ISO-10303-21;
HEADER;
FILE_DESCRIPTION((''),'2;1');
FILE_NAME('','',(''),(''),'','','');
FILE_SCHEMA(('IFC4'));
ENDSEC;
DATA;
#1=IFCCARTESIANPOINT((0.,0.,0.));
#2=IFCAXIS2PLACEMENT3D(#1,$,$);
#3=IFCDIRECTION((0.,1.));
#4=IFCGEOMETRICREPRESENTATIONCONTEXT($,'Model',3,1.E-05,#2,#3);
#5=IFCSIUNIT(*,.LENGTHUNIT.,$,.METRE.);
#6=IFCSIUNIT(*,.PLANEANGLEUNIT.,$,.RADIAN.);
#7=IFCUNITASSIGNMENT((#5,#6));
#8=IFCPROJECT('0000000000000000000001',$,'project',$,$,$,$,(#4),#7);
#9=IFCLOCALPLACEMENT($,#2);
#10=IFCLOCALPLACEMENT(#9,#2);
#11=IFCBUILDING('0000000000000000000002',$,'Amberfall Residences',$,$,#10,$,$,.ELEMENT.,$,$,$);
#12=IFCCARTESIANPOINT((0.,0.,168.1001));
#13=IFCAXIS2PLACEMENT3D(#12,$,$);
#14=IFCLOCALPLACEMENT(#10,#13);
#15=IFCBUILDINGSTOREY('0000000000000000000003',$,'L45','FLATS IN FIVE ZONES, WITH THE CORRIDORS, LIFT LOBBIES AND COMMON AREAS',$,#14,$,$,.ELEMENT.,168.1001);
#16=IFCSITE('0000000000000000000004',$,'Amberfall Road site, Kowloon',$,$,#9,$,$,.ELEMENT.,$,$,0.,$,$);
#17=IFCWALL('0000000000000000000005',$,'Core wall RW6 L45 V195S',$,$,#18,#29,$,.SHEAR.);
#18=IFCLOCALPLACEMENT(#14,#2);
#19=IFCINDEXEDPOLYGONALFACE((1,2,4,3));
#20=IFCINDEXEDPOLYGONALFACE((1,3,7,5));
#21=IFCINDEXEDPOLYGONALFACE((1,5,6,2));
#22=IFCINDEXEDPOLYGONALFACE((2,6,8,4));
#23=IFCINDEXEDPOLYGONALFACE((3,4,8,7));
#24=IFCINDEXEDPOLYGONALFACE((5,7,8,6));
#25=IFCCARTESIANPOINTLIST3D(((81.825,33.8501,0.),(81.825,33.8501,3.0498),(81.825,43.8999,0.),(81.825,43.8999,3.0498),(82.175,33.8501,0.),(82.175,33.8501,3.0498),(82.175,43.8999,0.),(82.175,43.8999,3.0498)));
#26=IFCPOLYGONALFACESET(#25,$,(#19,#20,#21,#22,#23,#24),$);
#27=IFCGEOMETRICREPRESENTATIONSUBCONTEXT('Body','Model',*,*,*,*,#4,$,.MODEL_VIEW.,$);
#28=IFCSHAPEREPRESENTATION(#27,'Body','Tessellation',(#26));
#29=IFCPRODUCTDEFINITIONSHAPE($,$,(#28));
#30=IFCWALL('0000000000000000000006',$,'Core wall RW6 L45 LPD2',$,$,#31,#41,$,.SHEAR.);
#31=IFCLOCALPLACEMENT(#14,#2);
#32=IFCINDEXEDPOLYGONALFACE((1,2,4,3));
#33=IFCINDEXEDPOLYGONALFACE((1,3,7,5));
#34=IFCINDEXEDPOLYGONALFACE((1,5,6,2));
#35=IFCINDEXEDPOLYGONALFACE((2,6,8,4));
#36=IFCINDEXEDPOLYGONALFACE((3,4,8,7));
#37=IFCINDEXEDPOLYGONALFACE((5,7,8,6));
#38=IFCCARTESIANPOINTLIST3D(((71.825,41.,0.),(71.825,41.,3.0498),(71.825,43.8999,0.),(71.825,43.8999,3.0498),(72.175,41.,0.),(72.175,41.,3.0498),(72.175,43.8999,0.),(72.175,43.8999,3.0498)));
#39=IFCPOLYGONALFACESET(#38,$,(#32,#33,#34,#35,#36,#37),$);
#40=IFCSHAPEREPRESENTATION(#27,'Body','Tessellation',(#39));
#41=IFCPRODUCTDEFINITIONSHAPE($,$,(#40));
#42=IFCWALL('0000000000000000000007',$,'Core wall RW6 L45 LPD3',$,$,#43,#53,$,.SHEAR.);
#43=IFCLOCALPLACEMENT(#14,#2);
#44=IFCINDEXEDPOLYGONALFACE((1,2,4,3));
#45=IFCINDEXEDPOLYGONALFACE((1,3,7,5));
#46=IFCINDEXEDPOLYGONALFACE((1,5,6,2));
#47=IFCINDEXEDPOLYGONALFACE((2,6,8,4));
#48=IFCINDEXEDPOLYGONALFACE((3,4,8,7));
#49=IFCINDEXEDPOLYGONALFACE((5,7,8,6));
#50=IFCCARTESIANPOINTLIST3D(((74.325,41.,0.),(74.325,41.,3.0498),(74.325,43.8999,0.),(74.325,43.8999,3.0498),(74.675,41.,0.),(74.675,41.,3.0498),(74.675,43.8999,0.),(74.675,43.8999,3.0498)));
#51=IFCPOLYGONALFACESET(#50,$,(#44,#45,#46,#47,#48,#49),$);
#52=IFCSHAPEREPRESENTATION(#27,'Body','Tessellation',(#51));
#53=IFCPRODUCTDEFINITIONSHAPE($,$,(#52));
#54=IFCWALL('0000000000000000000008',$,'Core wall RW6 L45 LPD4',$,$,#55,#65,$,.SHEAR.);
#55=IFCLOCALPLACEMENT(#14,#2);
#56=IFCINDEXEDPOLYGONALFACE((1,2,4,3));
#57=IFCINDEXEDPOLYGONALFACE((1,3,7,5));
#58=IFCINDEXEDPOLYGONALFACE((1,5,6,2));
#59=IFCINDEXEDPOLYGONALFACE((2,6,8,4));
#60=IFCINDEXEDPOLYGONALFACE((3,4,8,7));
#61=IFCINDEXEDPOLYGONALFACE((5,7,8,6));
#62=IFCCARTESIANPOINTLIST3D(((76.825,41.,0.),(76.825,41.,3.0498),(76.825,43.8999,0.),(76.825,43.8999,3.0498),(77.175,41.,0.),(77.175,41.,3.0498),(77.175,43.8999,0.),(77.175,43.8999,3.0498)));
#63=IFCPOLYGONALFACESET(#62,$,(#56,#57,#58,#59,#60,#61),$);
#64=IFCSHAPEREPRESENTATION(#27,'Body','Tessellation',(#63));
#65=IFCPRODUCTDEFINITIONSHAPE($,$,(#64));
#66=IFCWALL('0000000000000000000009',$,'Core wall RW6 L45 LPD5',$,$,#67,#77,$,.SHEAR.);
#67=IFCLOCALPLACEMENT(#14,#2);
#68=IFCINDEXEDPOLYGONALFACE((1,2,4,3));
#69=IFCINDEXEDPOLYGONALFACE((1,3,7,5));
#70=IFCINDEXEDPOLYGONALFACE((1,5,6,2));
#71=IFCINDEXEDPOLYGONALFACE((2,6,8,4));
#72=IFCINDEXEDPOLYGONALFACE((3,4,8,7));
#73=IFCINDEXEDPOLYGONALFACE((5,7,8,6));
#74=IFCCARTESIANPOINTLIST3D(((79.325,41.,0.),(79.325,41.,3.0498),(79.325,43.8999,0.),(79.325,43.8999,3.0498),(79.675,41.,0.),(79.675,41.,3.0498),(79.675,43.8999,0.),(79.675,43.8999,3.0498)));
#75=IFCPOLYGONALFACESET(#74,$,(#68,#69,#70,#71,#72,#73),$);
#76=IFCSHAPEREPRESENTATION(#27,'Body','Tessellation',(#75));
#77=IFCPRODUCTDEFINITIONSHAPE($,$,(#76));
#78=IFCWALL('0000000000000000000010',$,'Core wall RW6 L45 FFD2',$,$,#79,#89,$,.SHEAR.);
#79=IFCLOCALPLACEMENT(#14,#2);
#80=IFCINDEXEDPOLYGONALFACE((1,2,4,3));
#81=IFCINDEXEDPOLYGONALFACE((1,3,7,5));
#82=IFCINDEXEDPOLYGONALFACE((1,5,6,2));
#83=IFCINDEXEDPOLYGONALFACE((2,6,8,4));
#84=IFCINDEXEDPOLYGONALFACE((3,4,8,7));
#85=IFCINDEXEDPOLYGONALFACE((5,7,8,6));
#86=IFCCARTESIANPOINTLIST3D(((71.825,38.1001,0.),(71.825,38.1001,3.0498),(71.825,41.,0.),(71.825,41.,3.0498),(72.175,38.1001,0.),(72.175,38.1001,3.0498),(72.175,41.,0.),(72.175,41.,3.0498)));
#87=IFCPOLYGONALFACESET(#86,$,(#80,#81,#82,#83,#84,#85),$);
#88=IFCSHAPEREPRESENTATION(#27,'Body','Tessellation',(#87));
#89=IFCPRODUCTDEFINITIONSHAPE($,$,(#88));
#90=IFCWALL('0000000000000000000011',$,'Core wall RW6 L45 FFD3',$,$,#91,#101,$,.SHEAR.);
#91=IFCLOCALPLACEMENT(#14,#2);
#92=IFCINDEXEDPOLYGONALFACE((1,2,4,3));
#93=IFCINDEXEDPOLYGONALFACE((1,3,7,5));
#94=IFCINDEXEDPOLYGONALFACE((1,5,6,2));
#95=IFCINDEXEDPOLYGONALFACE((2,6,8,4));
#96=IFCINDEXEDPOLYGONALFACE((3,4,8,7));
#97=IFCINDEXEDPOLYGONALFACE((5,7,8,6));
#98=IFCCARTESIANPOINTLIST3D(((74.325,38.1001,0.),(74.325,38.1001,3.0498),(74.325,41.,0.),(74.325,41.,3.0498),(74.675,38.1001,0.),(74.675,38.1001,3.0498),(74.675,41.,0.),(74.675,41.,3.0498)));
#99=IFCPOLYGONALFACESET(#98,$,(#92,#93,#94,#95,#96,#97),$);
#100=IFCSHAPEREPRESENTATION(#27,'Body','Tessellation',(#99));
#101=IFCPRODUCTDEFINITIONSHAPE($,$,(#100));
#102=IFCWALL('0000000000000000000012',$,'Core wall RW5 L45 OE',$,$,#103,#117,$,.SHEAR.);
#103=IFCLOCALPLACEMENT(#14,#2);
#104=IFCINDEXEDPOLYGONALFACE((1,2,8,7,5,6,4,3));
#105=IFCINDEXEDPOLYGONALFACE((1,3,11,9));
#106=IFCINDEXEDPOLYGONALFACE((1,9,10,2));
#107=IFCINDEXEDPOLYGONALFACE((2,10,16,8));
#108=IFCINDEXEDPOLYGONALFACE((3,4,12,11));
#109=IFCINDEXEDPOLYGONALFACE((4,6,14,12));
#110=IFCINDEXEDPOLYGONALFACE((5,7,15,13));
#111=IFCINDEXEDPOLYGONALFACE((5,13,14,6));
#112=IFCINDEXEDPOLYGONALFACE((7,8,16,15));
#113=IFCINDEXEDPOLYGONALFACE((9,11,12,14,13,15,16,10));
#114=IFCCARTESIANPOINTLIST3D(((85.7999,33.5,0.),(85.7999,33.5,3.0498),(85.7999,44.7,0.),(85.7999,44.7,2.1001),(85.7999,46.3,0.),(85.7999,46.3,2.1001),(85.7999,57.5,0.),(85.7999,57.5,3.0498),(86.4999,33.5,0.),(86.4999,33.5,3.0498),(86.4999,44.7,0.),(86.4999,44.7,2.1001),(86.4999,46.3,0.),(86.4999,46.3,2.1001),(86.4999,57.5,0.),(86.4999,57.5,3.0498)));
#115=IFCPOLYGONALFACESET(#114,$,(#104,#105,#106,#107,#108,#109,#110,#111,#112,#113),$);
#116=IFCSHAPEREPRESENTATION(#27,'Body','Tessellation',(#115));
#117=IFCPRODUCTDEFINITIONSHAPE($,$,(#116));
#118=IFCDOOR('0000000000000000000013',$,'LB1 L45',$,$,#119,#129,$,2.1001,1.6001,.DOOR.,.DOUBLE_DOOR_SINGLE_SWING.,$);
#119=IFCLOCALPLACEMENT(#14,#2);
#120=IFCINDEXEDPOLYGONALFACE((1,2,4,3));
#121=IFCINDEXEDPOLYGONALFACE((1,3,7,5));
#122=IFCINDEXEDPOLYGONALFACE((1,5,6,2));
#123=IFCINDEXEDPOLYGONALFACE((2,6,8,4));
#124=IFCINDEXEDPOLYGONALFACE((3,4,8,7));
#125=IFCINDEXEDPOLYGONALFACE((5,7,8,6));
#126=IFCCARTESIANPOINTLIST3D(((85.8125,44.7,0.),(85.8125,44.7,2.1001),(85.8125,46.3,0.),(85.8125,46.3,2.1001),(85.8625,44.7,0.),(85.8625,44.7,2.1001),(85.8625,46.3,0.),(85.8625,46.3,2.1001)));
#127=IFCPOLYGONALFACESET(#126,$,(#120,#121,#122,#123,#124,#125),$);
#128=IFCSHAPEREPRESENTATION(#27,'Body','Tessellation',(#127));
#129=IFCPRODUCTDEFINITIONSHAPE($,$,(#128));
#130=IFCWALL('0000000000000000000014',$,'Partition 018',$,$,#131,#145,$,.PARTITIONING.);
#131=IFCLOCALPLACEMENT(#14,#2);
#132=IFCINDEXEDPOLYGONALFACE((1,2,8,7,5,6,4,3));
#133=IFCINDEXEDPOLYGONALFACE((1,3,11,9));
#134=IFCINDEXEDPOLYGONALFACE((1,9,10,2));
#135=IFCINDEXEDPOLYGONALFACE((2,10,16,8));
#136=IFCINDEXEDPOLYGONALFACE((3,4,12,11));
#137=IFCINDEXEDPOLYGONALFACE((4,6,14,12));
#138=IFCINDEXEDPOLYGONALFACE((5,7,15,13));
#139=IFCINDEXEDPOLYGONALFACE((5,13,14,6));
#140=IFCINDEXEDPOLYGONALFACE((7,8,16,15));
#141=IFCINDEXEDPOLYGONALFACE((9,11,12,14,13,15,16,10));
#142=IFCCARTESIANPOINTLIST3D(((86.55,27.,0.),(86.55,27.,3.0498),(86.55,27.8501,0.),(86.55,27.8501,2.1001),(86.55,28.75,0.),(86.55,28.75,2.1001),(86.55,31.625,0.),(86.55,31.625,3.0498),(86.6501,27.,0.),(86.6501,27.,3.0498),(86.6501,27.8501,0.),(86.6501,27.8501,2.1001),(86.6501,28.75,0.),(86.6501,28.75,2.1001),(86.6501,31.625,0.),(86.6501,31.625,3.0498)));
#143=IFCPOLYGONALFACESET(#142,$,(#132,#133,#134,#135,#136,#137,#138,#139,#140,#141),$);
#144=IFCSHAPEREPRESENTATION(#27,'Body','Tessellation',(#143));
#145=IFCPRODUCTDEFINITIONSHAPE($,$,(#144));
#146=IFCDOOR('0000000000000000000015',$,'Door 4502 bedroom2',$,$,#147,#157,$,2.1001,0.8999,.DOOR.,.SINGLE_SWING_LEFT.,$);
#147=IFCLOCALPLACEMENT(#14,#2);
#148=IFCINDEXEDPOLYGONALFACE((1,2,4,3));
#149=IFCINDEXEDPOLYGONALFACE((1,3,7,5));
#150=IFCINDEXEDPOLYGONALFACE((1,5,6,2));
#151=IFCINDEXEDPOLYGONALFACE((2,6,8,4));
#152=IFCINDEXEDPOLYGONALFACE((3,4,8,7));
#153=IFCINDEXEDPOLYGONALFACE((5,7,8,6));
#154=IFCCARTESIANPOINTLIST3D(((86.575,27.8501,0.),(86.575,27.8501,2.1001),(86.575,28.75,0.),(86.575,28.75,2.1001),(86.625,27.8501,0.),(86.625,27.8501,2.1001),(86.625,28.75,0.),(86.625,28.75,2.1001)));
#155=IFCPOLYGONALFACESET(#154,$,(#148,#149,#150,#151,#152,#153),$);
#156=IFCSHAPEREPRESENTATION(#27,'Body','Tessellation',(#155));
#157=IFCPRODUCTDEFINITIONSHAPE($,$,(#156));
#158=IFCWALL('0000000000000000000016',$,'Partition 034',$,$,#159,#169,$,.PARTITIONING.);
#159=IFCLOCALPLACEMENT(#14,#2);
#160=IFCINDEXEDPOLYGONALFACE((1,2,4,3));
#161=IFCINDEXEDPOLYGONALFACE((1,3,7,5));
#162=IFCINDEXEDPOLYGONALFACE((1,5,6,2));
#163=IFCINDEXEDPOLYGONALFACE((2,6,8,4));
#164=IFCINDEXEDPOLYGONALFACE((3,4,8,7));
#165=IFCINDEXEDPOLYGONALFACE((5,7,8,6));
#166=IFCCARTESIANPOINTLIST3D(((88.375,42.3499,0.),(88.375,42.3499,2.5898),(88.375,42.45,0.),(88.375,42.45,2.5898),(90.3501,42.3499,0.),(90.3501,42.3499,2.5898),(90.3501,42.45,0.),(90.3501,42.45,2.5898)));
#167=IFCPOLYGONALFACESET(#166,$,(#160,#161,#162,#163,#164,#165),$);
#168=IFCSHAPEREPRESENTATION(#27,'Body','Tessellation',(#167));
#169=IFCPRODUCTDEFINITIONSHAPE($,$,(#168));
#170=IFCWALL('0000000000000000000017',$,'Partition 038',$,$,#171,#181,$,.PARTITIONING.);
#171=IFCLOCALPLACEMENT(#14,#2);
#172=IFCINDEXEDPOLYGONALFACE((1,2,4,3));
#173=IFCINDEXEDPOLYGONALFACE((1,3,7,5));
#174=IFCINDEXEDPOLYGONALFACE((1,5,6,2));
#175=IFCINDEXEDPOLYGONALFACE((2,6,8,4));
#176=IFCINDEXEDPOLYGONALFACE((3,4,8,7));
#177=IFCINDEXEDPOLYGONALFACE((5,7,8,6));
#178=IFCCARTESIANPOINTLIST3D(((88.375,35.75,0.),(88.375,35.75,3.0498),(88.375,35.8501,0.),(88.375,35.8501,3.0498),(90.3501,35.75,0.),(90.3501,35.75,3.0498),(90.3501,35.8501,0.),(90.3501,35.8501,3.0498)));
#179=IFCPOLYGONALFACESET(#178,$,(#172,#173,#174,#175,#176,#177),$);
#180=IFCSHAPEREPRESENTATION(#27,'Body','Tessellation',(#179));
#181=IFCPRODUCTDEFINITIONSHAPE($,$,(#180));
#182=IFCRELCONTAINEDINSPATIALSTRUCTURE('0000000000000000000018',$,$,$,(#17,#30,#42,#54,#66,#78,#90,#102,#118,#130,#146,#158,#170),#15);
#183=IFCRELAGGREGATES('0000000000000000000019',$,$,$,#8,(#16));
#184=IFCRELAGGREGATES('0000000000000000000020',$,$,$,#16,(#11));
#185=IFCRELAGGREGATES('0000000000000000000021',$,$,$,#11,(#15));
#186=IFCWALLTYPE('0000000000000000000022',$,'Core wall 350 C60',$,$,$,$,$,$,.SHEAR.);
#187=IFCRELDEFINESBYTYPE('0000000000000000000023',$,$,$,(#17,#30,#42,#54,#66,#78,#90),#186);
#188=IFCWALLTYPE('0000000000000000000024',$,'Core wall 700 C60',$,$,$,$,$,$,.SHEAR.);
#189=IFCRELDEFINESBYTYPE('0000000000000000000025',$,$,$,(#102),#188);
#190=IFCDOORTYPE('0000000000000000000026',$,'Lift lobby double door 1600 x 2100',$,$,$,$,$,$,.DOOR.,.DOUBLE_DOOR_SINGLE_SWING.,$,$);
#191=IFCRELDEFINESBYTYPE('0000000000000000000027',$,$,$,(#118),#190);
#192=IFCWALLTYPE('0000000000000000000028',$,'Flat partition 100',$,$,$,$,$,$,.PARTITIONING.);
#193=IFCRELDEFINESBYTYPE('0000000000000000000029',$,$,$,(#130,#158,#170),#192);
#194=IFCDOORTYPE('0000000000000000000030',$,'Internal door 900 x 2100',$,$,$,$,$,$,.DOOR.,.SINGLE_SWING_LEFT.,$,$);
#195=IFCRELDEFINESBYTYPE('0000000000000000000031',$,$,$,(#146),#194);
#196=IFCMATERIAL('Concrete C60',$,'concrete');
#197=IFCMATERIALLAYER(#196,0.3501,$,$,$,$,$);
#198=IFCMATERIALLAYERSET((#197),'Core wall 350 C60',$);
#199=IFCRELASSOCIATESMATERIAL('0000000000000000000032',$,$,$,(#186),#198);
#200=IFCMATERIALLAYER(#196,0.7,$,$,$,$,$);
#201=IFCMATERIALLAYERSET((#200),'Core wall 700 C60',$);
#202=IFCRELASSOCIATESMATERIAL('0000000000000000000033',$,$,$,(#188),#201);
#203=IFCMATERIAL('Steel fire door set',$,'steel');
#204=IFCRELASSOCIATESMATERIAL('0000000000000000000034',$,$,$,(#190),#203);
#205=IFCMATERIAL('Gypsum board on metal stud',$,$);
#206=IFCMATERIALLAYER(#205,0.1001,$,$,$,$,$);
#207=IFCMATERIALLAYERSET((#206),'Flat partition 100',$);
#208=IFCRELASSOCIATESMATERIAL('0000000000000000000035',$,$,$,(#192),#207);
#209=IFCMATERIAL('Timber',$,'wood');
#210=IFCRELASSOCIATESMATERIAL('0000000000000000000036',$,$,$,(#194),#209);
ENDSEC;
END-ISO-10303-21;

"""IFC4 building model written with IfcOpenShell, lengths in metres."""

from ifc_helpers import new_model, si_unit, direction, frame, frame_2d, origin, place, context, subcontext, project, spatial, rectangle, extrude, material, layer, layer_set, type_object, element, fill, save


model = new_model("IFC4")

# Units and contexts
model_context = context("Model", 3, precision=1e-05, world=origin(), true_north=direction((0.0, 1.0)))
body_context = subcontext(model_context, "Body", "Model", "MODEL_VIEW")
ifc_project = project(units=[si_unit("LENGTHUNIT", "METRE"), si_unit("PLANEANGLEUNIT", "RADIAN")], contexts=[model_context])

# Site, building, storey
site_placement = place(None, origin())
site = spatial("IfcSite", under=ifc_project, at=site_placement, Name="Amberfall Road site, Kowloon", CompositionType="ELEMENT", RefElevation=0.0)
building_placement = place(site_placement, origin())
building = spatial("IfcBuilding", under=site, at=building_placement, Name="Amberfall Residences", CompositionType="ELEMENT")
storey_placement = place(building_placement, frame((0.0, 0.0, 168.1001)))
storey = spatial("IfcBuildingStorey", under=building, at=storey_placement, Name="L45", Description="FLATS IN FIVE ZONES, WITH THE CORRIDORS, LIFT LOBBIES AND COMMON AREAS", CompositionType="ELEMENT", Elevation=168.1001)

# Walls
ifc_material_1 = material(Name="Concrete C60", Category="concrete")
ifc_layer_1 = layer(ifc_material_1, 0.3501)
ifc_layer_set_1 = layer_set([ifc_layer_1], Name="Core wall 350 C60")
wall_type_1 = type_object("IfcWallType", Name="Core wall 350 C60", PredefinedType="SHEAR", material=ifc_layer_set_1)
wall_1_placement = place(storey_placement, frame((82.0, 33.8501, 0.0), z_axis=(0.0, 0.0, 1.0), x_axis=(0.0, 1.0, 0.0)))
element("IfcWall", 1, at=wall_1_placement, inside=storey, type_object=wall_type_1, Name="Core wall RW6 L45 V195S", PredefinedType="SHEAR", context=body_context, shape_type="SweptSolid", body=[
    extrude(rectangle(XDim=10.0498, YDim=0.3501, at=frame_2d((5.0249, 0.0))), origin(), (0.0, 0.0, 1.0), 3.0498),
])
for number, where, z_axis, x_axis, name in (
    (2, (72.0, 41.0, 0.0), (0.0, 0.0, 1.0), (0.0, 1.0, 0.0), "Core wall RW6 L45 LPD2"),
    (3, (74.5, 41.0, 0.0), (0.0, 0.0, 1.0), (0.0, 1.0, 0.0), "Core wall RW6 L45 LPD3"),
    (4, (77.0, 41.0, 0.0), (0.0, 0.0, 1.0), (0.0, 1.0, 0.0), "Core wall RW6 L45 LPD4"),
    (5, (79.5, 41.0, 0.0), (0.0, 0.0, 1.0), (0.0, 1.0, 0.0), "Core wall RW6 L45 LPD5"),
    (6, (72.0, 38.1001, 0.0), (0.0, 0.0, 1.0), (0.0, 1.0, 0.0), "Core wall RW6 L45 FFD2"),
    (7, (74.5, 38.1001, 0.0), (0.0, 0.0, 1.0), (0.0, 1.0, 0.0), "Core wall RW6 L45 FFD3"),
):
    element("IfcWall", number, at=place(storey_placement, frame(where, z_axis=z_axis, x_axis=x_axis)), inside=storey, type_object=wall_type_1, Name=name, PredefinedType="SHEAR", context=body_context, shape_type="SweptSolid", body=[
        extrude(rectangle(XDim=2.8999, YDim=0.3501, at=frame_2d((1.45, 0.0))), origin(), (0.0, 0.0, 1.0), 3.0498),
    ])

# Walls, openings, doors
ifc_layer_2 = layer(ifc_material_1, 0.7)
ifc_layer_set_2 = layer_set([ifc_layer_2], Name="Core wall 700 C60")
wall_type_2 = type_object("IfcWallType", Name="Core wall 700 C60", PredefinedType="SHEAR", material=ifc_layer_set_2)
wall_2_placement = place(storey_placement, frame((86.1499, 33.5, 0.0), z_axis=(0.0, 0.0, 1.0), x_axis=(0.0, 1.0, 0.0)))
wall_2 = element("IfcWall", 8, at=wall_2_placement, inside=storey, type_object=wall_type_2, Name="Core wall RW5 L45 OE", PredefinedType="SHEAR", context=body_context, shape_type="SweptSolid", body=[
    extrude(rectangle(XDim=24.0, YDim=0.7, at=frame_2d((12.0, 0.0))), origin(), (0.0, 0.0, 1.0), 3.0498),
])
opening_1_placement = place(wall_2_placement, frame((11.2, 0.0, 0.0)))
opening_1 = element("IfcOpeningElement", 9, at=opening_1_placement, cuts=wall_2, PredefinedType="OPENING", context=body_context, shape_type="SweptSolid", body=[
    extrude(rectangle(XDim=1.6001, YDim=2.1001, at=frame_2d((0.8, 1.05))), frame((0.0, 0.3599, 0.0), z_axis=(0.0, -1.0, 0.0), x_axis=(1.0, 0.0, 0.0)), (0.0, 0.0, 1.0), 0.72),
])
ifc_material_2 = material(Name="Steel fire door set", Category="steel")
door_type_1 = type_object("IfcDoorType", Name="Lift lobby double door 1600 x 2100", OperationType="DOUBLE_DOOR_SINGLE_SWING", PredefinedType="DOOR", material=ifc_material_2)
door_1_placement = place(opening_1_placement, origin())
door_1 = element("IfcDoor", 10, at=door_1_placement, inside=storey, type_object=door_type_1, Name="LB1 L45", OperationType="DOUBLE_DOOR_SINGLE_SWING", OverallHeight=2.1001, OverallWidth=1.6001, PredefinedType="DOOR", context=body_context, shape_type="SweptSolid", body=[
    extrude(rectangle(XDim=1.6001, YDim=2.1001, at=frame_2d((0.8, 1.05))), frame((0.0, 0.3374, 0.0), z_axis=(0.0, -1.0, 0.0), x_axis=(1.0, 0.0, 0.0)), (0.0, 0.0, 1.0), 0.05),
])
fill(opening_1, door_1)
ifc_material_3 = material(Name="Gypsum board on metal stud")
ifc_layer_3 = layer(ifc_material_3, 0.1001)
ifc_layer_set_3 = layer_set([ifc_layer_3], Name="Flat partition 100")
wall_type_3 = type_object("IfcWallType", Name="Flat partition 100", PredefinedType="PARTITIONING", material=ifc_layer_set_3)
wall_3_placement = place(storey_placement, frame((86.6001, 31.625, 0.0), z_axis=(0.0, 0.0, 1.0), x_axis=(0.0, -1.0, 0.0)))
wall_3 = element("IfcWall", 11, at=wall_3_placement, inside=storey, type_object=wall_type_3, Name="Partition 018", PredefinedType="PARTITIONING", context=body_context, shape_type="SweptSolid", body=[
    extrude(rectangle(XDim=4.625, YDim=0.1001, at=frame_2d((2.3125, 0.0))), origin(), (0.0, 0.0, 1.0), 3.0498),
])
opening_2_placement = place(wall_3_placement, frame((2.875, 0.0, 0.0)))
opening_2 = element("IfcOpeningElement", 12, at=opening_2_placement, cuts=wall_3, PredefinedType="OPENING", context=body_context, shape_type="SweptSolid", body=[
    extrude(rectangle(XDim=0.8999, YDim=2.1001, at=frame_2d((0.45, 1.05))), frame((0.0, 0.0601, 0.0), z_axis=(0.0, -1.0, 0.0), x_axis=(1.0, 0.0, 0.0)), (0.0, 0.0, 1.0), 0.1201),
])
ifc_material_4 = material(Name="Timber", Category="wood")
door_type_2 = type_object("IfcDoorType", Name="Internal door 900 x 2100", OperationType="SINGLE_SWING_LEFT", PredefinedType="DOOR", material=ifc_material_4)
door_2_placement = place(opening_2_placement, origin())
door_2 = element("IfcDoor", 13, at=door_2_placement, inside=storey, type_object=door_type_2, Name="Door 4502 bedroom2", OperationType="SINGLE_SWING_LEFT", OverallHeight=2.1001, OverallWidth=0.8999, PredefinedType="DOOR", context=body_context, shape_type="SweptSolid", body=[
    extrude(rectangle(XDim=0.8999, YDim=2.1001, at=frame_2d((0.45, 1.05))), frame((0.0, 0.0249, 0.0), z_axis=(0.0, -1.0, 0.0), x_axis=(1.0, 0.0, 0.0)), (0.0, 0.0, 1.0), 0.05),
])
fill(opening_2, door_2)

# Walls
wall_4_placement = place(storey_placement, frame((88.375, 42.3999, 0.0), z_axis=(0.0, 0.0, 1.0), x_axis=(1.0, 0.0, 0.0)))
element("IfcWall", 14, at=wall_4_placement, inside=storey, type_object=wall_type_3, Name="Partition 034", PredefinedType="PARTITIONING", context=body_context, shape_type="SweptSolid", body=[
    extrude(rectangle(XDim=1.9751, YDim=0.1001, at=frame_2d((0.9875, 0.0))), origin(), (0.0, 0.0, 1.0), 2.5898),
])
wall_5_placement = place(storey_placement, frame((88.375, 35.8, 0.0), z_axis=(0.0, 0.0, 1.0), x_axis=(1.0, 0.0, 0.0)))
element("IfcWall", 15, at=wall_5_placement, inside=storey, type_object=wall_type_3, Name="Partition 038", PredefinedType="PARTITIONING", context=body_context, shape_type="SweptSolid", body=[
    extrude(rectangle(XDim=1.9751, YDim=0.1001, at=frame_2d((0.9875, 0.0))), origin(), (0.0, 0.0, 1.0), 3.0498),
])

save(model, "model.ifc")
